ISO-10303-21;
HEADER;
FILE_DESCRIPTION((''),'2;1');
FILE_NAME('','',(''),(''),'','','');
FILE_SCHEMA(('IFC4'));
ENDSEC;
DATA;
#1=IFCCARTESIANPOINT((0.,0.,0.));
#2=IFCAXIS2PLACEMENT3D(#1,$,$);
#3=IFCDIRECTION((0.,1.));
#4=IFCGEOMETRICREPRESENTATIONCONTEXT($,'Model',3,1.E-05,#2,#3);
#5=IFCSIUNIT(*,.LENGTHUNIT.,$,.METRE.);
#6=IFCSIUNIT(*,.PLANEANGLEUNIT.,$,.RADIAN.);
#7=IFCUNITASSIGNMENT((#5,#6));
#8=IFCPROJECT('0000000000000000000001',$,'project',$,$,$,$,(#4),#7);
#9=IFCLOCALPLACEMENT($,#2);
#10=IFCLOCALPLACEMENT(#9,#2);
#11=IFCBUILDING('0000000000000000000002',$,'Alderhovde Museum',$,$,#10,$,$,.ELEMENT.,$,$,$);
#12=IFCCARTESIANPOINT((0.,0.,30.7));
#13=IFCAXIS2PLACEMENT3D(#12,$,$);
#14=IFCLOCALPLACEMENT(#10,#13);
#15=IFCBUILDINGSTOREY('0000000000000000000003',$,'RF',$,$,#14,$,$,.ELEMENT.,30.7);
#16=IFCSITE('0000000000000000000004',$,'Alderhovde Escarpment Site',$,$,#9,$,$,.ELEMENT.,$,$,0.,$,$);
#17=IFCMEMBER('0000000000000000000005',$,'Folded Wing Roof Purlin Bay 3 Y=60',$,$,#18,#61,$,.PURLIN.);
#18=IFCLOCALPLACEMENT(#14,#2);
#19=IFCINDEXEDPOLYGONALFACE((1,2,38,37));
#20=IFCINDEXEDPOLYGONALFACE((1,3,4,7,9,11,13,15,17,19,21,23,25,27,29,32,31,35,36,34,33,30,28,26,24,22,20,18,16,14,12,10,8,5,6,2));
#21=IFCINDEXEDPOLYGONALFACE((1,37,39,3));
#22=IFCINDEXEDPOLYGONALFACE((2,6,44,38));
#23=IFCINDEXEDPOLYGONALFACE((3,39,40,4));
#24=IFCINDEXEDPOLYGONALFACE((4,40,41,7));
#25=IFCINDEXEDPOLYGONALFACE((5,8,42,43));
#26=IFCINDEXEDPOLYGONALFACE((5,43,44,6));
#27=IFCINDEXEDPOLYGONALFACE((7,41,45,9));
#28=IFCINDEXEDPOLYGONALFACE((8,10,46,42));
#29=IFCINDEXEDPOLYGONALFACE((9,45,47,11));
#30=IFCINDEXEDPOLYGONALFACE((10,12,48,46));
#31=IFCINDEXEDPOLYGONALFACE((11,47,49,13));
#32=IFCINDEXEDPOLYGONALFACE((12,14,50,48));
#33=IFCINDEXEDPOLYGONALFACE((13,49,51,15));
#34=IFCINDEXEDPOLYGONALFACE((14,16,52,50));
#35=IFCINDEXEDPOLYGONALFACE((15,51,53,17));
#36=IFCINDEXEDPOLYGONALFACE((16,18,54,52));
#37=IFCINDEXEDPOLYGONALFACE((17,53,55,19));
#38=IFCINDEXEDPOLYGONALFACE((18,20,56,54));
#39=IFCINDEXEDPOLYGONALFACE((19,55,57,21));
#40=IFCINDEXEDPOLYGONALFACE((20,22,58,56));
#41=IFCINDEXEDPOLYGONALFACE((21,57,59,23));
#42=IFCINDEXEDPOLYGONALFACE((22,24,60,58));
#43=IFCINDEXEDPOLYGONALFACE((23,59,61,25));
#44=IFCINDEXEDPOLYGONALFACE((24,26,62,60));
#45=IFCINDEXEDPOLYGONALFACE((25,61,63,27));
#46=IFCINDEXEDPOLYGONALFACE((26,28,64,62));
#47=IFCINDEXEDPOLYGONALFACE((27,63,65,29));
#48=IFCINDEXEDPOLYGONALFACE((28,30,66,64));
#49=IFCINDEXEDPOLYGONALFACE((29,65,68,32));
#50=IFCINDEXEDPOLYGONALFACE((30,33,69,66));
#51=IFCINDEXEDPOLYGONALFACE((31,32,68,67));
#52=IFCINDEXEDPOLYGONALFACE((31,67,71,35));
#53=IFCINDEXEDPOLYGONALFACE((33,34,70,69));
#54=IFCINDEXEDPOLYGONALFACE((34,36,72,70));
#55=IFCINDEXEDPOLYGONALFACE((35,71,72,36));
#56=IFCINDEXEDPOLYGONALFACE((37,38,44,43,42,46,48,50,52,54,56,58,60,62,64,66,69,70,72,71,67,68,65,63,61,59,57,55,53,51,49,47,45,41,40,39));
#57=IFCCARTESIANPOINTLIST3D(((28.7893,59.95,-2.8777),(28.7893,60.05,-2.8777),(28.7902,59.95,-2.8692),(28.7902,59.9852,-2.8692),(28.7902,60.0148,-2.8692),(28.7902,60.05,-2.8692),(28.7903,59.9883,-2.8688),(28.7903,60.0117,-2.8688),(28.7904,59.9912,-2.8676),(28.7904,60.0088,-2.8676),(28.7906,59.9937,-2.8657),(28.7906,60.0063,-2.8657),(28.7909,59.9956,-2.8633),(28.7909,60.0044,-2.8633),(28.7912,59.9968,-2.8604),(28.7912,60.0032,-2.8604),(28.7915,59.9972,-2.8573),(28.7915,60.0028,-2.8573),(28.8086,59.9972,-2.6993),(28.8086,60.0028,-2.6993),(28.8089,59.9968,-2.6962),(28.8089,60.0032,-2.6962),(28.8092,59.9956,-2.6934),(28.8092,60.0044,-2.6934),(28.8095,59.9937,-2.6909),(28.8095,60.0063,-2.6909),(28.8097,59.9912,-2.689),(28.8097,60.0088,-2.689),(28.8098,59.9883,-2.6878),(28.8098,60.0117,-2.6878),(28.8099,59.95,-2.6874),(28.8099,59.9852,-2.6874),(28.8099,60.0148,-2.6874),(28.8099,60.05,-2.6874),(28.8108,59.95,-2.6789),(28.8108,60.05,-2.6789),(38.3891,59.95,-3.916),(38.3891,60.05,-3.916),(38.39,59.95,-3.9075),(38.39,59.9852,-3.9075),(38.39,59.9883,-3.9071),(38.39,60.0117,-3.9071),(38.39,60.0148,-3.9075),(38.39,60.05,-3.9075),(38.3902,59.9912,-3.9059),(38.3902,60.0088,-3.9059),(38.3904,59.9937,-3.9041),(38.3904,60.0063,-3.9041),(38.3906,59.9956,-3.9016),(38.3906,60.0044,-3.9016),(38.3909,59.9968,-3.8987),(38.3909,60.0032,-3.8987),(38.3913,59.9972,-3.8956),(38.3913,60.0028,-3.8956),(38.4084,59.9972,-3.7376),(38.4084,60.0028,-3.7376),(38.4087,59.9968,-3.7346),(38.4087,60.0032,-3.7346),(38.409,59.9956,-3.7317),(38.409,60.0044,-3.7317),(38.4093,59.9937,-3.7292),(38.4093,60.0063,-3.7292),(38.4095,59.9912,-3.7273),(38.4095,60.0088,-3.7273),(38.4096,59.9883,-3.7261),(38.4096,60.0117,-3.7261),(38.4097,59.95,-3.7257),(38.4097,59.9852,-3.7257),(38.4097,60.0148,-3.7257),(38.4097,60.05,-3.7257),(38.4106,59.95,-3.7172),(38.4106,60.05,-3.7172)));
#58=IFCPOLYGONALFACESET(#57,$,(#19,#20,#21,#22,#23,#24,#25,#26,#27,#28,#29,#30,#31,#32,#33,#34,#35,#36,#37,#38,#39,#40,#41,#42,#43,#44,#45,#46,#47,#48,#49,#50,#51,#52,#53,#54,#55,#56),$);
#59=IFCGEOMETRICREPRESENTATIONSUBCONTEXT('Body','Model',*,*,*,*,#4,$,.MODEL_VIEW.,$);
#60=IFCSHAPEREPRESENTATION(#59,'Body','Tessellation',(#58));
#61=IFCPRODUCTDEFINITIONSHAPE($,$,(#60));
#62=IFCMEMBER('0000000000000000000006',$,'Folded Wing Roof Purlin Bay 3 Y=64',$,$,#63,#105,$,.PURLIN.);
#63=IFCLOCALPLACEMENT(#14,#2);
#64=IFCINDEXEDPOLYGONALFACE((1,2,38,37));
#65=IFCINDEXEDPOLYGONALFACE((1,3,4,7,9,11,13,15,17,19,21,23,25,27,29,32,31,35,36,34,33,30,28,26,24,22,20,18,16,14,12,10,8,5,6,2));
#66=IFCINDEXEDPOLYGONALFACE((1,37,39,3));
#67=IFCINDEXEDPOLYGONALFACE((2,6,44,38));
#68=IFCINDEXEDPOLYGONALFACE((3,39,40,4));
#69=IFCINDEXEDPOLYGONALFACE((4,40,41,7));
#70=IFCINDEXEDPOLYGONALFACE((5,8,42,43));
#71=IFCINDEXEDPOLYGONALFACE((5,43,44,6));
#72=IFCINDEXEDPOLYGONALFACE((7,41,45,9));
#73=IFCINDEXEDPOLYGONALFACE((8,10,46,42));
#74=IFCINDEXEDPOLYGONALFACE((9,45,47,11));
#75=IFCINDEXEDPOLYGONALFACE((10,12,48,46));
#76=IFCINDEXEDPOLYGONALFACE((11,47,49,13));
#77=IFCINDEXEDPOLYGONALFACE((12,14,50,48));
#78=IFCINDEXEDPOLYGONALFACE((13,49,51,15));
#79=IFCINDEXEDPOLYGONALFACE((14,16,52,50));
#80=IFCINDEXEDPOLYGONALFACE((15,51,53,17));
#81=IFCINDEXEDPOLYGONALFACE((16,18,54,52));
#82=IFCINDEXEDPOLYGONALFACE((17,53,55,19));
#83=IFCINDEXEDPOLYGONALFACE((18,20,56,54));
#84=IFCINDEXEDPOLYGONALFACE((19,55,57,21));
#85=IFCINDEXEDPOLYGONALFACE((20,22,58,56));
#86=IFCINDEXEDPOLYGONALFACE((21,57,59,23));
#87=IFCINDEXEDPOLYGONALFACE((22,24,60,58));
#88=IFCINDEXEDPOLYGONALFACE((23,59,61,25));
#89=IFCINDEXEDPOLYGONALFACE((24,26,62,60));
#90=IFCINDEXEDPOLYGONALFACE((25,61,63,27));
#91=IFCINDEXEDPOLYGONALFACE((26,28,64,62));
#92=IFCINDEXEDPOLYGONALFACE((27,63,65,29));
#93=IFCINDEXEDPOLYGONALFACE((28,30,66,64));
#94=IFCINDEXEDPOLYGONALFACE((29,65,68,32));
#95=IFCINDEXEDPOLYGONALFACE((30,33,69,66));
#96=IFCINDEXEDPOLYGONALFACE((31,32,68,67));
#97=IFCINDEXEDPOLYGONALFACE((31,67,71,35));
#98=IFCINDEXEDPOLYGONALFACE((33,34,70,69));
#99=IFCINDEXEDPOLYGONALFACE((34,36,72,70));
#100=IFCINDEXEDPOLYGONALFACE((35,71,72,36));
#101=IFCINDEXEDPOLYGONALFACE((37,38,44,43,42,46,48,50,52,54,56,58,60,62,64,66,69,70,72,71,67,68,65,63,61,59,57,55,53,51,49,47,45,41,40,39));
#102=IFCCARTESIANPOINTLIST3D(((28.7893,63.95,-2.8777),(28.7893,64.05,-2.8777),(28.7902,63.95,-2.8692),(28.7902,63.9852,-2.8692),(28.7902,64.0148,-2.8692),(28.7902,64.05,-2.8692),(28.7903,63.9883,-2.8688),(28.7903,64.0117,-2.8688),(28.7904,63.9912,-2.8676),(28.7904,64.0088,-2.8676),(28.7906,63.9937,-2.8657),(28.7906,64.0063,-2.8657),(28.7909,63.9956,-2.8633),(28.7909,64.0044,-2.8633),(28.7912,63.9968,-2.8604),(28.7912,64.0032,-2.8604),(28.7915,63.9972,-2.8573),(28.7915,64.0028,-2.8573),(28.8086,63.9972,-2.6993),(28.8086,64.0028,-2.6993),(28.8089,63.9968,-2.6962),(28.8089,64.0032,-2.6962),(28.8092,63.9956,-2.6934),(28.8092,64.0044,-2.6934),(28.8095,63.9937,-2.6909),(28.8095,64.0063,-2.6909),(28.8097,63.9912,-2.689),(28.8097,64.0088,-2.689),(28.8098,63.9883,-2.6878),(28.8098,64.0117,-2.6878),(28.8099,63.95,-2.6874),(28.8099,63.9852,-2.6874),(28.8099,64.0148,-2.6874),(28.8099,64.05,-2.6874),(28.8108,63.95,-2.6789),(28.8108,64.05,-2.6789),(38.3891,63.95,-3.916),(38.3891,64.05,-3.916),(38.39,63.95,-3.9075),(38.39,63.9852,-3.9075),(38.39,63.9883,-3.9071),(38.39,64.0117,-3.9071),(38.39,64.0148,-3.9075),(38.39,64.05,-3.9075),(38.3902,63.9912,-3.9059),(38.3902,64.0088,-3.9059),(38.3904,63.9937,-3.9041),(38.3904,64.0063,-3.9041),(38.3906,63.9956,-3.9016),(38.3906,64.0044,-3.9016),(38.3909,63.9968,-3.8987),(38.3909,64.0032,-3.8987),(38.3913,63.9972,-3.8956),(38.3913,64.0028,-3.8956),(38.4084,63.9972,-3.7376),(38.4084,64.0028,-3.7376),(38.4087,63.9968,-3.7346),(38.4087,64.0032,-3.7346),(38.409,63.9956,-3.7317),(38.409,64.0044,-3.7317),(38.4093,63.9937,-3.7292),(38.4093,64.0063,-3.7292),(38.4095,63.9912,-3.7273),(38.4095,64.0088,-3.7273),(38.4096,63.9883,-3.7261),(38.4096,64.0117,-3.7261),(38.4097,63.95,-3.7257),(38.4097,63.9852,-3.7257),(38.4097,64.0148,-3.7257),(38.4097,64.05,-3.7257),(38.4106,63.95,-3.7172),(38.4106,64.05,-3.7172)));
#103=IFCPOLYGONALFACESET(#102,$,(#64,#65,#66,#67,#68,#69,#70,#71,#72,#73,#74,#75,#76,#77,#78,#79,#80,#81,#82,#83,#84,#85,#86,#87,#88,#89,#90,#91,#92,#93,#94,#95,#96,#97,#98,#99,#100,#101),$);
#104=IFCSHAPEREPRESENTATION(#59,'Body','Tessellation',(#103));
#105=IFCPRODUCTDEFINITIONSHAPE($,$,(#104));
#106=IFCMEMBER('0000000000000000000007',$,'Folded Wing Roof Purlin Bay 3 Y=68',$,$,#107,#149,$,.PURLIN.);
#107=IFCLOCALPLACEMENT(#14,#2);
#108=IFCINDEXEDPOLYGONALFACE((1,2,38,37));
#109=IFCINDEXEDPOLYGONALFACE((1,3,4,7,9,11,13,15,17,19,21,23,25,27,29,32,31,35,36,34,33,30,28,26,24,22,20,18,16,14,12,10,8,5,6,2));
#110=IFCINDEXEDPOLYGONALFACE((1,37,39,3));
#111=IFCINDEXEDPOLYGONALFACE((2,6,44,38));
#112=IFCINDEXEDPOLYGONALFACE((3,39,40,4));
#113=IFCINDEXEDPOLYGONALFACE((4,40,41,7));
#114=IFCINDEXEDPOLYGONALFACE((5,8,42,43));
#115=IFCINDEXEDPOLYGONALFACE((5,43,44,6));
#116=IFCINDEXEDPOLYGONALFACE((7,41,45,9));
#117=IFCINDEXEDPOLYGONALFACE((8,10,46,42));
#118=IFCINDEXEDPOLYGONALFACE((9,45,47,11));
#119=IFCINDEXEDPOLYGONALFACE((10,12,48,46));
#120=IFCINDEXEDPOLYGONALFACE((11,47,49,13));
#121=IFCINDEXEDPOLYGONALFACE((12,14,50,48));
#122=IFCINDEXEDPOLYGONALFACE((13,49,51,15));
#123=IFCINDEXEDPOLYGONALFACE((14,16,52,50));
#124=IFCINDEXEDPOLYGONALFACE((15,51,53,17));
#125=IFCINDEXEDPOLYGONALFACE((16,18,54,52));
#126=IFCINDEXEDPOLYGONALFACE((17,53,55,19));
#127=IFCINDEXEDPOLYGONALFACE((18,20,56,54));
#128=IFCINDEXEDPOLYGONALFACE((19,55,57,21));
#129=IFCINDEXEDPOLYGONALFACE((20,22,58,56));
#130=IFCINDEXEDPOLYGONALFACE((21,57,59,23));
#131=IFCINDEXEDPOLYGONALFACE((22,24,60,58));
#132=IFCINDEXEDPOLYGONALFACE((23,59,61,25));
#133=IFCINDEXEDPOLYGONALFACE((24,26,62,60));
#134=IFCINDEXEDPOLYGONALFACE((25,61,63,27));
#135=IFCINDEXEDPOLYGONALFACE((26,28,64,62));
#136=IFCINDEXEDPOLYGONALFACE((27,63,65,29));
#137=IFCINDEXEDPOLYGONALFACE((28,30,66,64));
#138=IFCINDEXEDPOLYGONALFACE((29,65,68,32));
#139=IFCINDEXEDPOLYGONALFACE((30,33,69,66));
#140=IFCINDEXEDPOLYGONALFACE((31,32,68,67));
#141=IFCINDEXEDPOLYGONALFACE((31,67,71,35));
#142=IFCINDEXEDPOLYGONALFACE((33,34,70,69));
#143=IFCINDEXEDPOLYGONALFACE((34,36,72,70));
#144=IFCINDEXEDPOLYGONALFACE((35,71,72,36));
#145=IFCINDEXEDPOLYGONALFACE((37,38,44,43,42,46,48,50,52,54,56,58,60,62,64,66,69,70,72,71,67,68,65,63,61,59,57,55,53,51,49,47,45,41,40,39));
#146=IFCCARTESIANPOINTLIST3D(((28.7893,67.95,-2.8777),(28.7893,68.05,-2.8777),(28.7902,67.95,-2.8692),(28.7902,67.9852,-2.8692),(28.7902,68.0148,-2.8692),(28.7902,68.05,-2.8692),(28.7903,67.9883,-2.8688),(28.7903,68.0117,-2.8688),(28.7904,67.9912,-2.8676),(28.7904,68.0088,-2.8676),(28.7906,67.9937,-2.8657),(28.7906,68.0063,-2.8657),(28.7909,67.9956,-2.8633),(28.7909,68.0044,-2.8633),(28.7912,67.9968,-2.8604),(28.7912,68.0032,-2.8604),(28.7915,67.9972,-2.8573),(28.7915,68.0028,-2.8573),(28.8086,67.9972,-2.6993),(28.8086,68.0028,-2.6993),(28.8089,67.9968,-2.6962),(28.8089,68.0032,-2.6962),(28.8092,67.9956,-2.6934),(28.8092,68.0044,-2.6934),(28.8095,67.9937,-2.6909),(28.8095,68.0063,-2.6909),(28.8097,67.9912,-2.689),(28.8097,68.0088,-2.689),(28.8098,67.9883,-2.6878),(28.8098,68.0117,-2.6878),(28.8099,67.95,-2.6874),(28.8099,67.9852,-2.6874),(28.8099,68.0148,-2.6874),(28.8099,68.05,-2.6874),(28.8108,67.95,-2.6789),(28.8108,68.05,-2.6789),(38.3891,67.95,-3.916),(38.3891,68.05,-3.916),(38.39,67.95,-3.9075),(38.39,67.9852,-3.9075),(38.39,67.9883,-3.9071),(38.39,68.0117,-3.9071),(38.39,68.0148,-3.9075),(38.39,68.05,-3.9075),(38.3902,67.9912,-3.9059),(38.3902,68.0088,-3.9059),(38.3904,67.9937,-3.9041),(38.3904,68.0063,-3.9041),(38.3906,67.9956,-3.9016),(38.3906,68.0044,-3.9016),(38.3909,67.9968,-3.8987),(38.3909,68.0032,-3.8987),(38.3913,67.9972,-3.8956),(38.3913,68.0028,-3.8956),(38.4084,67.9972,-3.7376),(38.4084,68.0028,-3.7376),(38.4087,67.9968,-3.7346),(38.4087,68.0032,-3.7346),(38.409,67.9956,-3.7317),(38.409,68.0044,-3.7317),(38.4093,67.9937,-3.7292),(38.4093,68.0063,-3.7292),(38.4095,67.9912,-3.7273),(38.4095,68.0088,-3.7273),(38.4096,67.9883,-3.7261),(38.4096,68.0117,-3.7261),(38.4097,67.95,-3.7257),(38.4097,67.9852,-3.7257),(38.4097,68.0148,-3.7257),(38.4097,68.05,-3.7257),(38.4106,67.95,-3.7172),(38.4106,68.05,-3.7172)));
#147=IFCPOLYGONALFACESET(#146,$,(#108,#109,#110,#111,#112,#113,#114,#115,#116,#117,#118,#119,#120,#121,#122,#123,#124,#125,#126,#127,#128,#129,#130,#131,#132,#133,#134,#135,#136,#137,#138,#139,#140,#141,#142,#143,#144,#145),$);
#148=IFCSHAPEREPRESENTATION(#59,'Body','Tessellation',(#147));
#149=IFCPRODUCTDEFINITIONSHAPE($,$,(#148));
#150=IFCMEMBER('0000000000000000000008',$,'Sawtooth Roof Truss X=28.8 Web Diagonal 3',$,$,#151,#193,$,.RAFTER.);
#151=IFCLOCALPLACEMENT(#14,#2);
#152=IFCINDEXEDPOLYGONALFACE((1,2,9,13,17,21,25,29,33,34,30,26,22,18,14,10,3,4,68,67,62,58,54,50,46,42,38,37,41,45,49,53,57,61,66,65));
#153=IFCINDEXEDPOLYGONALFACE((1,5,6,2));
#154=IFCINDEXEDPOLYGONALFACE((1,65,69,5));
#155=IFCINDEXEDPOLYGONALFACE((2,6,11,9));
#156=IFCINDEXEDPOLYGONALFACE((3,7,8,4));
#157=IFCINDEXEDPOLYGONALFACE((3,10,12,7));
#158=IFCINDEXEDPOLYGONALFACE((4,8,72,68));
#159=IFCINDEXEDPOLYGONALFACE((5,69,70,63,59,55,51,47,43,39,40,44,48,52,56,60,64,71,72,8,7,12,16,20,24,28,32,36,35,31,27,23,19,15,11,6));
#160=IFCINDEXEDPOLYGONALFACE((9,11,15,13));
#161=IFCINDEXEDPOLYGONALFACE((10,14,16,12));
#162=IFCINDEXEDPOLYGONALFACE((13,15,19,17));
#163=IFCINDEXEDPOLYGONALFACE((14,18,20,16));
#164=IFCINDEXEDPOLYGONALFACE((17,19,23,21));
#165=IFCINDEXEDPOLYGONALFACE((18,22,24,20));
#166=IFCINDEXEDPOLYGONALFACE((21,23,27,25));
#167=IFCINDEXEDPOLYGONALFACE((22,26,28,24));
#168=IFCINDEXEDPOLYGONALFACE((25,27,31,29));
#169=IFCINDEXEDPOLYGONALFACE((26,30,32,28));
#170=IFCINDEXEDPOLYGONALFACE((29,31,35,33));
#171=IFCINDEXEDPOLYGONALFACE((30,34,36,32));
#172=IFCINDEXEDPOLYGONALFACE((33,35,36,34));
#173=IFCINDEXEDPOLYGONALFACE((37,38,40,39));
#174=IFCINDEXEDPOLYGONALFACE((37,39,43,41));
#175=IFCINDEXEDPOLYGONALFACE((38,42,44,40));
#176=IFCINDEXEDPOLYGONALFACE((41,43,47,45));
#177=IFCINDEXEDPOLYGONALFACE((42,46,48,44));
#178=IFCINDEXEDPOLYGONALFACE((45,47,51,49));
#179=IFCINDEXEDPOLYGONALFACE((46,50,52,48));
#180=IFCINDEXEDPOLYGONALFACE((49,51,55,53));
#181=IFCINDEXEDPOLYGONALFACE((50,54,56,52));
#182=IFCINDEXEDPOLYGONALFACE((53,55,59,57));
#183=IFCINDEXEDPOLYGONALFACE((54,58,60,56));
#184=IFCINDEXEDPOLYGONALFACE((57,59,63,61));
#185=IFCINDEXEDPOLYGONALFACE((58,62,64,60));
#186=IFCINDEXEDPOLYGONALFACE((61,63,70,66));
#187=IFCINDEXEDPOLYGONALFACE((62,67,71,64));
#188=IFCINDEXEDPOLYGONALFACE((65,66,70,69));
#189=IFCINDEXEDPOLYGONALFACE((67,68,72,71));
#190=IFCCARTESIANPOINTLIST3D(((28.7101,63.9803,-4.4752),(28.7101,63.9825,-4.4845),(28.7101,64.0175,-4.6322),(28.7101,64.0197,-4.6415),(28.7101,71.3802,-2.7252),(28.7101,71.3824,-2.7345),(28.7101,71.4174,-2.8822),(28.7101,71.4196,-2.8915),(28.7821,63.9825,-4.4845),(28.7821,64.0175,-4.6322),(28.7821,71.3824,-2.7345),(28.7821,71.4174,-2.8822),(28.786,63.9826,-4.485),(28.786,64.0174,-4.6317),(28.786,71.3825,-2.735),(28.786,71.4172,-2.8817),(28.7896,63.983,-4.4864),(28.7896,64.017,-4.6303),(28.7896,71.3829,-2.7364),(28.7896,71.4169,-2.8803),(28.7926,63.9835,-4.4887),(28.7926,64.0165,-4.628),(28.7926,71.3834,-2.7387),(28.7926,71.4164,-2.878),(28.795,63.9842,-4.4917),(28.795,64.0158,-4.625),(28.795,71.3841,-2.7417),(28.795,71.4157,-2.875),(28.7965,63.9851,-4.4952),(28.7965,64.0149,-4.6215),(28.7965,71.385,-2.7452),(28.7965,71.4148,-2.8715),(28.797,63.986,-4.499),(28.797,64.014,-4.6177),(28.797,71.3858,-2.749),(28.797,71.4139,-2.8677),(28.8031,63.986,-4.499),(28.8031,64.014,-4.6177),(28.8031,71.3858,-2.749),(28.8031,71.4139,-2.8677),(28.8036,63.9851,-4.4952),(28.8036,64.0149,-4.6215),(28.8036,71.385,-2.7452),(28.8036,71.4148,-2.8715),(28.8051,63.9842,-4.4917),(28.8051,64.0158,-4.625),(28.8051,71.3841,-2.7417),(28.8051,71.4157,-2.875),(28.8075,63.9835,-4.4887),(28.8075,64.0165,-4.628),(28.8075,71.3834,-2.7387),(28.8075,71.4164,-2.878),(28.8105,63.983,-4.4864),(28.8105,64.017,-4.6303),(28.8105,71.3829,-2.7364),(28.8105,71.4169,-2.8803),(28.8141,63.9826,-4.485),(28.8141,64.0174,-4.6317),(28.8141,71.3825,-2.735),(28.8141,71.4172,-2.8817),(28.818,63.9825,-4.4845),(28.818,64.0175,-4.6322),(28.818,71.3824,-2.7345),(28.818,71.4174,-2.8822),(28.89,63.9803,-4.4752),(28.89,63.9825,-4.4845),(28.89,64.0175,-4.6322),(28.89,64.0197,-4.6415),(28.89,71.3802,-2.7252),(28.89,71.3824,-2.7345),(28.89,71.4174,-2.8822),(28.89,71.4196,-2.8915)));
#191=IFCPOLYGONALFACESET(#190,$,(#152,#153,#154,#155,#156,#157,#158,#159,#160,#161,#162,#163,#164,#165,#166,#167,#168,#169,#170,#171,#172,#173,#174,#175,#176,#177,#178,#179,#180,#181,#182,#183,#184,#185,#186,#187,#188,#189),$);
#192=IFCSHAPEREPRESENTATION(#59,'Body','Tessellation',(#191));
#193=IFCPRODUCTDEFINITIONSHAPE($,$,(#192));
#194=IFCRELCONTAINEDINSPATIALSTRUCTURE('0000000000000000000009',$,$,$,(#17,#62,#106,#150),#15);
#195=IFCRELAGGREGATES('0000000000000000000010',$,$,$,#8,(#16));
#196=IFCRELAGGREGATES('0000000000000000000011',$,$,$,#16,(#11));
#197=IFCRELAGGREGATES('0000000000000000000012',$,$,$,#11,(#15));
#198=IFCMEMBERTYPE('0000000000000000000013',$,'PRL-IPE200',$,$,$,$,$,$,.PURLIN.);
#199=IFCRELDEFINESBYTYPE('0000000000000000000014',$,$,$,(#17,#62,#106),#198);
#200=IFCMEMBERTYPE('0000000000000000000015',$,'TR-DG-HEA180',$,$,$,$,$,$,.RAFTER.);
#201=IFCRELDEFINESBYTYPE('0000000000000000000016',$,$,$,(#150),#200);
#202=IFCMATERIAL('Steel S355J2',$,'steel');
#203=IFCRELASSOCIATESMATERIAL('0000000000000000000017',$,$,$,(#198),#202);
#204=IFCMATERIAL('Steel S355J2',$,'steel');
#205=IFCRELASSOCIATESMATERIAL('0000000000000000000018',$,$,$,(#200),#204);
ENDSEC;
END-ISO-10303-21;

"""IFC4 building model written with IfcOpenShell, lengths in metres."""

from ifc_helpers import new_model, si_unit, direction, frame, origin, origin_2d, place, context, subcontext, project, spatial, i_section, extrude, material, material_profile, profile_set, type_object, element, save


model = new_model("IFC4")

# Units and contexts
model_context = context("Model", 3, precision=1e-05, world=origin(), true_north=direction((0.0, 1.0)))
body_context = subcontext(model_context, "Body", "Model", "MODEL_VIEW")
ifc_project = project(units=[si_unit("LENGTHUNIT", "METRE"), si_unit("PLANEANGLEUNIT", "RADIAN")], contexts=[model_context])

# Site, building, storey
site_placement = place(None, origin())
site = spatial("IfcSite", under=ifc_project, at=site_placement, Name="Alderhovde Escarpment Site", CompositionType="ELEMENT", RefElevation=0.0)
building_placement = place(site_placement, origin())
building = spatial("IfcBuilding", under=site, at=building_placement, Name="Alderhovde Museum", CompositionType="ELEMENT")
storey_placement = place(building_placement, frame((0.0, 0.0, 30.7)))
storey = spatial("IfcBuildingStorey", under=building, at=storey_placement, Name="RF", CompositionType="ELEMENT", Elevation=30.7)

# Members
ifc_material_1 = material(Name="Steel S355J2", Category="steel")
ifc_material_profile_1 = material_profile(ifc_material_1, i_section(OverallWidth=0.1001, OverallDepth=0.2, WebThickness=0.0056, FlangeThickness=0.0085, FilletRadius=0.012, at=origin_2d()), Name="IPE 200")
ifc_profile_set_1 = profile_set([ifc_material_profile_1], Name="Steel S355J2")
member_type_1 = type_object("IfcMemberType", Name="PRL-IPE200", PredefinedType="PURLIN", material=ifc_profile_set_1)
for number, where, z_axis, x_axis, name in (
    (1, (28.8, 60.0, -2.7783), (0.994201, 0.0, -0.107534), (0.0, 1.0, 0.0), "Folded Wing Roof Purlin Bay 3 Y=60"),
    (2, (28.8, 64.0, -2.7783), (0.994201, 0.0, -0.107534), (0.0, 1.0, 0.0), "Folded Wing Roof Purlin Bay 3 Y=64"),
    (3, (28.8, 68.0, -2.7783), (0.994201, 0.0, -0.107534), (0.0, 1.0, 0.0), "Folded Wing Roof Purlin Bay 3 Y=68"),
):
    element("IfcMember", number, at=place(storey_placement, frame(where, z_axis=z_axis, x_axis=x_axis)), inside=storey, type_object=member_type_1, Name=name, PredefinedType="PURLIN", context=body_context, shape_type="SweptSolid", body=[
        extrude(i_section(OverallWidth=0.1001, OverallDepth=0.2, WebThickness=0.0056, FlangeThickness=0.0085, FilletRadius=0.012, at=origin_2d()), origin(), (0.0, 0.0, 1.0), 9.6558),
    ])
ifc_material_2 = material(Name="Steel S355J2", Category="steel")
ifc_material_profile_2 = material_profile(ifc_material_2, i_section(OverallWidth=0.1799, OverallDepth=0.1709, WebThickness=0.0061, FlangeThickness=0.0095, FilletRadius=0.0149, at=origin_2d()), Name="HEA 180")
ifc_profile_set_2 = profile_set([ifc_material_profile_2], Name="Steel S355J2")
member_type_2 = type_object("IfcMemberType", Name="TR-DG-HEA180", PredefinedType="RAFTER", material=ifc_profile_set_2)
member_1_placement = place(storey_placement, frame((28.8, 64.0, -4.5583), z_axis=(0.0, 0.973157, 0.230142), x_axis=(-1.0, 0.0, 0.0)))
element("IfcMember", 4, at=member_1_placement, inside=storey, type_object=member_type_2, Name="Sawtooth Roof Truss X=28.8 Web Diagonal 3", PredefinedType="RAFTER", context=body_context, shape_type="SweptSolid", body=[
    extrude(i_section(OverallWidth=0.1799, OverallDepth=0.1709, WebThickness=0.0061, FlangeThickness=0.0095, FilletRadius=0.0149, at=origin_2d()), origin(), (0.0, 0.0, 1.0), 7.604),
])

save(model, "model.ifc")
